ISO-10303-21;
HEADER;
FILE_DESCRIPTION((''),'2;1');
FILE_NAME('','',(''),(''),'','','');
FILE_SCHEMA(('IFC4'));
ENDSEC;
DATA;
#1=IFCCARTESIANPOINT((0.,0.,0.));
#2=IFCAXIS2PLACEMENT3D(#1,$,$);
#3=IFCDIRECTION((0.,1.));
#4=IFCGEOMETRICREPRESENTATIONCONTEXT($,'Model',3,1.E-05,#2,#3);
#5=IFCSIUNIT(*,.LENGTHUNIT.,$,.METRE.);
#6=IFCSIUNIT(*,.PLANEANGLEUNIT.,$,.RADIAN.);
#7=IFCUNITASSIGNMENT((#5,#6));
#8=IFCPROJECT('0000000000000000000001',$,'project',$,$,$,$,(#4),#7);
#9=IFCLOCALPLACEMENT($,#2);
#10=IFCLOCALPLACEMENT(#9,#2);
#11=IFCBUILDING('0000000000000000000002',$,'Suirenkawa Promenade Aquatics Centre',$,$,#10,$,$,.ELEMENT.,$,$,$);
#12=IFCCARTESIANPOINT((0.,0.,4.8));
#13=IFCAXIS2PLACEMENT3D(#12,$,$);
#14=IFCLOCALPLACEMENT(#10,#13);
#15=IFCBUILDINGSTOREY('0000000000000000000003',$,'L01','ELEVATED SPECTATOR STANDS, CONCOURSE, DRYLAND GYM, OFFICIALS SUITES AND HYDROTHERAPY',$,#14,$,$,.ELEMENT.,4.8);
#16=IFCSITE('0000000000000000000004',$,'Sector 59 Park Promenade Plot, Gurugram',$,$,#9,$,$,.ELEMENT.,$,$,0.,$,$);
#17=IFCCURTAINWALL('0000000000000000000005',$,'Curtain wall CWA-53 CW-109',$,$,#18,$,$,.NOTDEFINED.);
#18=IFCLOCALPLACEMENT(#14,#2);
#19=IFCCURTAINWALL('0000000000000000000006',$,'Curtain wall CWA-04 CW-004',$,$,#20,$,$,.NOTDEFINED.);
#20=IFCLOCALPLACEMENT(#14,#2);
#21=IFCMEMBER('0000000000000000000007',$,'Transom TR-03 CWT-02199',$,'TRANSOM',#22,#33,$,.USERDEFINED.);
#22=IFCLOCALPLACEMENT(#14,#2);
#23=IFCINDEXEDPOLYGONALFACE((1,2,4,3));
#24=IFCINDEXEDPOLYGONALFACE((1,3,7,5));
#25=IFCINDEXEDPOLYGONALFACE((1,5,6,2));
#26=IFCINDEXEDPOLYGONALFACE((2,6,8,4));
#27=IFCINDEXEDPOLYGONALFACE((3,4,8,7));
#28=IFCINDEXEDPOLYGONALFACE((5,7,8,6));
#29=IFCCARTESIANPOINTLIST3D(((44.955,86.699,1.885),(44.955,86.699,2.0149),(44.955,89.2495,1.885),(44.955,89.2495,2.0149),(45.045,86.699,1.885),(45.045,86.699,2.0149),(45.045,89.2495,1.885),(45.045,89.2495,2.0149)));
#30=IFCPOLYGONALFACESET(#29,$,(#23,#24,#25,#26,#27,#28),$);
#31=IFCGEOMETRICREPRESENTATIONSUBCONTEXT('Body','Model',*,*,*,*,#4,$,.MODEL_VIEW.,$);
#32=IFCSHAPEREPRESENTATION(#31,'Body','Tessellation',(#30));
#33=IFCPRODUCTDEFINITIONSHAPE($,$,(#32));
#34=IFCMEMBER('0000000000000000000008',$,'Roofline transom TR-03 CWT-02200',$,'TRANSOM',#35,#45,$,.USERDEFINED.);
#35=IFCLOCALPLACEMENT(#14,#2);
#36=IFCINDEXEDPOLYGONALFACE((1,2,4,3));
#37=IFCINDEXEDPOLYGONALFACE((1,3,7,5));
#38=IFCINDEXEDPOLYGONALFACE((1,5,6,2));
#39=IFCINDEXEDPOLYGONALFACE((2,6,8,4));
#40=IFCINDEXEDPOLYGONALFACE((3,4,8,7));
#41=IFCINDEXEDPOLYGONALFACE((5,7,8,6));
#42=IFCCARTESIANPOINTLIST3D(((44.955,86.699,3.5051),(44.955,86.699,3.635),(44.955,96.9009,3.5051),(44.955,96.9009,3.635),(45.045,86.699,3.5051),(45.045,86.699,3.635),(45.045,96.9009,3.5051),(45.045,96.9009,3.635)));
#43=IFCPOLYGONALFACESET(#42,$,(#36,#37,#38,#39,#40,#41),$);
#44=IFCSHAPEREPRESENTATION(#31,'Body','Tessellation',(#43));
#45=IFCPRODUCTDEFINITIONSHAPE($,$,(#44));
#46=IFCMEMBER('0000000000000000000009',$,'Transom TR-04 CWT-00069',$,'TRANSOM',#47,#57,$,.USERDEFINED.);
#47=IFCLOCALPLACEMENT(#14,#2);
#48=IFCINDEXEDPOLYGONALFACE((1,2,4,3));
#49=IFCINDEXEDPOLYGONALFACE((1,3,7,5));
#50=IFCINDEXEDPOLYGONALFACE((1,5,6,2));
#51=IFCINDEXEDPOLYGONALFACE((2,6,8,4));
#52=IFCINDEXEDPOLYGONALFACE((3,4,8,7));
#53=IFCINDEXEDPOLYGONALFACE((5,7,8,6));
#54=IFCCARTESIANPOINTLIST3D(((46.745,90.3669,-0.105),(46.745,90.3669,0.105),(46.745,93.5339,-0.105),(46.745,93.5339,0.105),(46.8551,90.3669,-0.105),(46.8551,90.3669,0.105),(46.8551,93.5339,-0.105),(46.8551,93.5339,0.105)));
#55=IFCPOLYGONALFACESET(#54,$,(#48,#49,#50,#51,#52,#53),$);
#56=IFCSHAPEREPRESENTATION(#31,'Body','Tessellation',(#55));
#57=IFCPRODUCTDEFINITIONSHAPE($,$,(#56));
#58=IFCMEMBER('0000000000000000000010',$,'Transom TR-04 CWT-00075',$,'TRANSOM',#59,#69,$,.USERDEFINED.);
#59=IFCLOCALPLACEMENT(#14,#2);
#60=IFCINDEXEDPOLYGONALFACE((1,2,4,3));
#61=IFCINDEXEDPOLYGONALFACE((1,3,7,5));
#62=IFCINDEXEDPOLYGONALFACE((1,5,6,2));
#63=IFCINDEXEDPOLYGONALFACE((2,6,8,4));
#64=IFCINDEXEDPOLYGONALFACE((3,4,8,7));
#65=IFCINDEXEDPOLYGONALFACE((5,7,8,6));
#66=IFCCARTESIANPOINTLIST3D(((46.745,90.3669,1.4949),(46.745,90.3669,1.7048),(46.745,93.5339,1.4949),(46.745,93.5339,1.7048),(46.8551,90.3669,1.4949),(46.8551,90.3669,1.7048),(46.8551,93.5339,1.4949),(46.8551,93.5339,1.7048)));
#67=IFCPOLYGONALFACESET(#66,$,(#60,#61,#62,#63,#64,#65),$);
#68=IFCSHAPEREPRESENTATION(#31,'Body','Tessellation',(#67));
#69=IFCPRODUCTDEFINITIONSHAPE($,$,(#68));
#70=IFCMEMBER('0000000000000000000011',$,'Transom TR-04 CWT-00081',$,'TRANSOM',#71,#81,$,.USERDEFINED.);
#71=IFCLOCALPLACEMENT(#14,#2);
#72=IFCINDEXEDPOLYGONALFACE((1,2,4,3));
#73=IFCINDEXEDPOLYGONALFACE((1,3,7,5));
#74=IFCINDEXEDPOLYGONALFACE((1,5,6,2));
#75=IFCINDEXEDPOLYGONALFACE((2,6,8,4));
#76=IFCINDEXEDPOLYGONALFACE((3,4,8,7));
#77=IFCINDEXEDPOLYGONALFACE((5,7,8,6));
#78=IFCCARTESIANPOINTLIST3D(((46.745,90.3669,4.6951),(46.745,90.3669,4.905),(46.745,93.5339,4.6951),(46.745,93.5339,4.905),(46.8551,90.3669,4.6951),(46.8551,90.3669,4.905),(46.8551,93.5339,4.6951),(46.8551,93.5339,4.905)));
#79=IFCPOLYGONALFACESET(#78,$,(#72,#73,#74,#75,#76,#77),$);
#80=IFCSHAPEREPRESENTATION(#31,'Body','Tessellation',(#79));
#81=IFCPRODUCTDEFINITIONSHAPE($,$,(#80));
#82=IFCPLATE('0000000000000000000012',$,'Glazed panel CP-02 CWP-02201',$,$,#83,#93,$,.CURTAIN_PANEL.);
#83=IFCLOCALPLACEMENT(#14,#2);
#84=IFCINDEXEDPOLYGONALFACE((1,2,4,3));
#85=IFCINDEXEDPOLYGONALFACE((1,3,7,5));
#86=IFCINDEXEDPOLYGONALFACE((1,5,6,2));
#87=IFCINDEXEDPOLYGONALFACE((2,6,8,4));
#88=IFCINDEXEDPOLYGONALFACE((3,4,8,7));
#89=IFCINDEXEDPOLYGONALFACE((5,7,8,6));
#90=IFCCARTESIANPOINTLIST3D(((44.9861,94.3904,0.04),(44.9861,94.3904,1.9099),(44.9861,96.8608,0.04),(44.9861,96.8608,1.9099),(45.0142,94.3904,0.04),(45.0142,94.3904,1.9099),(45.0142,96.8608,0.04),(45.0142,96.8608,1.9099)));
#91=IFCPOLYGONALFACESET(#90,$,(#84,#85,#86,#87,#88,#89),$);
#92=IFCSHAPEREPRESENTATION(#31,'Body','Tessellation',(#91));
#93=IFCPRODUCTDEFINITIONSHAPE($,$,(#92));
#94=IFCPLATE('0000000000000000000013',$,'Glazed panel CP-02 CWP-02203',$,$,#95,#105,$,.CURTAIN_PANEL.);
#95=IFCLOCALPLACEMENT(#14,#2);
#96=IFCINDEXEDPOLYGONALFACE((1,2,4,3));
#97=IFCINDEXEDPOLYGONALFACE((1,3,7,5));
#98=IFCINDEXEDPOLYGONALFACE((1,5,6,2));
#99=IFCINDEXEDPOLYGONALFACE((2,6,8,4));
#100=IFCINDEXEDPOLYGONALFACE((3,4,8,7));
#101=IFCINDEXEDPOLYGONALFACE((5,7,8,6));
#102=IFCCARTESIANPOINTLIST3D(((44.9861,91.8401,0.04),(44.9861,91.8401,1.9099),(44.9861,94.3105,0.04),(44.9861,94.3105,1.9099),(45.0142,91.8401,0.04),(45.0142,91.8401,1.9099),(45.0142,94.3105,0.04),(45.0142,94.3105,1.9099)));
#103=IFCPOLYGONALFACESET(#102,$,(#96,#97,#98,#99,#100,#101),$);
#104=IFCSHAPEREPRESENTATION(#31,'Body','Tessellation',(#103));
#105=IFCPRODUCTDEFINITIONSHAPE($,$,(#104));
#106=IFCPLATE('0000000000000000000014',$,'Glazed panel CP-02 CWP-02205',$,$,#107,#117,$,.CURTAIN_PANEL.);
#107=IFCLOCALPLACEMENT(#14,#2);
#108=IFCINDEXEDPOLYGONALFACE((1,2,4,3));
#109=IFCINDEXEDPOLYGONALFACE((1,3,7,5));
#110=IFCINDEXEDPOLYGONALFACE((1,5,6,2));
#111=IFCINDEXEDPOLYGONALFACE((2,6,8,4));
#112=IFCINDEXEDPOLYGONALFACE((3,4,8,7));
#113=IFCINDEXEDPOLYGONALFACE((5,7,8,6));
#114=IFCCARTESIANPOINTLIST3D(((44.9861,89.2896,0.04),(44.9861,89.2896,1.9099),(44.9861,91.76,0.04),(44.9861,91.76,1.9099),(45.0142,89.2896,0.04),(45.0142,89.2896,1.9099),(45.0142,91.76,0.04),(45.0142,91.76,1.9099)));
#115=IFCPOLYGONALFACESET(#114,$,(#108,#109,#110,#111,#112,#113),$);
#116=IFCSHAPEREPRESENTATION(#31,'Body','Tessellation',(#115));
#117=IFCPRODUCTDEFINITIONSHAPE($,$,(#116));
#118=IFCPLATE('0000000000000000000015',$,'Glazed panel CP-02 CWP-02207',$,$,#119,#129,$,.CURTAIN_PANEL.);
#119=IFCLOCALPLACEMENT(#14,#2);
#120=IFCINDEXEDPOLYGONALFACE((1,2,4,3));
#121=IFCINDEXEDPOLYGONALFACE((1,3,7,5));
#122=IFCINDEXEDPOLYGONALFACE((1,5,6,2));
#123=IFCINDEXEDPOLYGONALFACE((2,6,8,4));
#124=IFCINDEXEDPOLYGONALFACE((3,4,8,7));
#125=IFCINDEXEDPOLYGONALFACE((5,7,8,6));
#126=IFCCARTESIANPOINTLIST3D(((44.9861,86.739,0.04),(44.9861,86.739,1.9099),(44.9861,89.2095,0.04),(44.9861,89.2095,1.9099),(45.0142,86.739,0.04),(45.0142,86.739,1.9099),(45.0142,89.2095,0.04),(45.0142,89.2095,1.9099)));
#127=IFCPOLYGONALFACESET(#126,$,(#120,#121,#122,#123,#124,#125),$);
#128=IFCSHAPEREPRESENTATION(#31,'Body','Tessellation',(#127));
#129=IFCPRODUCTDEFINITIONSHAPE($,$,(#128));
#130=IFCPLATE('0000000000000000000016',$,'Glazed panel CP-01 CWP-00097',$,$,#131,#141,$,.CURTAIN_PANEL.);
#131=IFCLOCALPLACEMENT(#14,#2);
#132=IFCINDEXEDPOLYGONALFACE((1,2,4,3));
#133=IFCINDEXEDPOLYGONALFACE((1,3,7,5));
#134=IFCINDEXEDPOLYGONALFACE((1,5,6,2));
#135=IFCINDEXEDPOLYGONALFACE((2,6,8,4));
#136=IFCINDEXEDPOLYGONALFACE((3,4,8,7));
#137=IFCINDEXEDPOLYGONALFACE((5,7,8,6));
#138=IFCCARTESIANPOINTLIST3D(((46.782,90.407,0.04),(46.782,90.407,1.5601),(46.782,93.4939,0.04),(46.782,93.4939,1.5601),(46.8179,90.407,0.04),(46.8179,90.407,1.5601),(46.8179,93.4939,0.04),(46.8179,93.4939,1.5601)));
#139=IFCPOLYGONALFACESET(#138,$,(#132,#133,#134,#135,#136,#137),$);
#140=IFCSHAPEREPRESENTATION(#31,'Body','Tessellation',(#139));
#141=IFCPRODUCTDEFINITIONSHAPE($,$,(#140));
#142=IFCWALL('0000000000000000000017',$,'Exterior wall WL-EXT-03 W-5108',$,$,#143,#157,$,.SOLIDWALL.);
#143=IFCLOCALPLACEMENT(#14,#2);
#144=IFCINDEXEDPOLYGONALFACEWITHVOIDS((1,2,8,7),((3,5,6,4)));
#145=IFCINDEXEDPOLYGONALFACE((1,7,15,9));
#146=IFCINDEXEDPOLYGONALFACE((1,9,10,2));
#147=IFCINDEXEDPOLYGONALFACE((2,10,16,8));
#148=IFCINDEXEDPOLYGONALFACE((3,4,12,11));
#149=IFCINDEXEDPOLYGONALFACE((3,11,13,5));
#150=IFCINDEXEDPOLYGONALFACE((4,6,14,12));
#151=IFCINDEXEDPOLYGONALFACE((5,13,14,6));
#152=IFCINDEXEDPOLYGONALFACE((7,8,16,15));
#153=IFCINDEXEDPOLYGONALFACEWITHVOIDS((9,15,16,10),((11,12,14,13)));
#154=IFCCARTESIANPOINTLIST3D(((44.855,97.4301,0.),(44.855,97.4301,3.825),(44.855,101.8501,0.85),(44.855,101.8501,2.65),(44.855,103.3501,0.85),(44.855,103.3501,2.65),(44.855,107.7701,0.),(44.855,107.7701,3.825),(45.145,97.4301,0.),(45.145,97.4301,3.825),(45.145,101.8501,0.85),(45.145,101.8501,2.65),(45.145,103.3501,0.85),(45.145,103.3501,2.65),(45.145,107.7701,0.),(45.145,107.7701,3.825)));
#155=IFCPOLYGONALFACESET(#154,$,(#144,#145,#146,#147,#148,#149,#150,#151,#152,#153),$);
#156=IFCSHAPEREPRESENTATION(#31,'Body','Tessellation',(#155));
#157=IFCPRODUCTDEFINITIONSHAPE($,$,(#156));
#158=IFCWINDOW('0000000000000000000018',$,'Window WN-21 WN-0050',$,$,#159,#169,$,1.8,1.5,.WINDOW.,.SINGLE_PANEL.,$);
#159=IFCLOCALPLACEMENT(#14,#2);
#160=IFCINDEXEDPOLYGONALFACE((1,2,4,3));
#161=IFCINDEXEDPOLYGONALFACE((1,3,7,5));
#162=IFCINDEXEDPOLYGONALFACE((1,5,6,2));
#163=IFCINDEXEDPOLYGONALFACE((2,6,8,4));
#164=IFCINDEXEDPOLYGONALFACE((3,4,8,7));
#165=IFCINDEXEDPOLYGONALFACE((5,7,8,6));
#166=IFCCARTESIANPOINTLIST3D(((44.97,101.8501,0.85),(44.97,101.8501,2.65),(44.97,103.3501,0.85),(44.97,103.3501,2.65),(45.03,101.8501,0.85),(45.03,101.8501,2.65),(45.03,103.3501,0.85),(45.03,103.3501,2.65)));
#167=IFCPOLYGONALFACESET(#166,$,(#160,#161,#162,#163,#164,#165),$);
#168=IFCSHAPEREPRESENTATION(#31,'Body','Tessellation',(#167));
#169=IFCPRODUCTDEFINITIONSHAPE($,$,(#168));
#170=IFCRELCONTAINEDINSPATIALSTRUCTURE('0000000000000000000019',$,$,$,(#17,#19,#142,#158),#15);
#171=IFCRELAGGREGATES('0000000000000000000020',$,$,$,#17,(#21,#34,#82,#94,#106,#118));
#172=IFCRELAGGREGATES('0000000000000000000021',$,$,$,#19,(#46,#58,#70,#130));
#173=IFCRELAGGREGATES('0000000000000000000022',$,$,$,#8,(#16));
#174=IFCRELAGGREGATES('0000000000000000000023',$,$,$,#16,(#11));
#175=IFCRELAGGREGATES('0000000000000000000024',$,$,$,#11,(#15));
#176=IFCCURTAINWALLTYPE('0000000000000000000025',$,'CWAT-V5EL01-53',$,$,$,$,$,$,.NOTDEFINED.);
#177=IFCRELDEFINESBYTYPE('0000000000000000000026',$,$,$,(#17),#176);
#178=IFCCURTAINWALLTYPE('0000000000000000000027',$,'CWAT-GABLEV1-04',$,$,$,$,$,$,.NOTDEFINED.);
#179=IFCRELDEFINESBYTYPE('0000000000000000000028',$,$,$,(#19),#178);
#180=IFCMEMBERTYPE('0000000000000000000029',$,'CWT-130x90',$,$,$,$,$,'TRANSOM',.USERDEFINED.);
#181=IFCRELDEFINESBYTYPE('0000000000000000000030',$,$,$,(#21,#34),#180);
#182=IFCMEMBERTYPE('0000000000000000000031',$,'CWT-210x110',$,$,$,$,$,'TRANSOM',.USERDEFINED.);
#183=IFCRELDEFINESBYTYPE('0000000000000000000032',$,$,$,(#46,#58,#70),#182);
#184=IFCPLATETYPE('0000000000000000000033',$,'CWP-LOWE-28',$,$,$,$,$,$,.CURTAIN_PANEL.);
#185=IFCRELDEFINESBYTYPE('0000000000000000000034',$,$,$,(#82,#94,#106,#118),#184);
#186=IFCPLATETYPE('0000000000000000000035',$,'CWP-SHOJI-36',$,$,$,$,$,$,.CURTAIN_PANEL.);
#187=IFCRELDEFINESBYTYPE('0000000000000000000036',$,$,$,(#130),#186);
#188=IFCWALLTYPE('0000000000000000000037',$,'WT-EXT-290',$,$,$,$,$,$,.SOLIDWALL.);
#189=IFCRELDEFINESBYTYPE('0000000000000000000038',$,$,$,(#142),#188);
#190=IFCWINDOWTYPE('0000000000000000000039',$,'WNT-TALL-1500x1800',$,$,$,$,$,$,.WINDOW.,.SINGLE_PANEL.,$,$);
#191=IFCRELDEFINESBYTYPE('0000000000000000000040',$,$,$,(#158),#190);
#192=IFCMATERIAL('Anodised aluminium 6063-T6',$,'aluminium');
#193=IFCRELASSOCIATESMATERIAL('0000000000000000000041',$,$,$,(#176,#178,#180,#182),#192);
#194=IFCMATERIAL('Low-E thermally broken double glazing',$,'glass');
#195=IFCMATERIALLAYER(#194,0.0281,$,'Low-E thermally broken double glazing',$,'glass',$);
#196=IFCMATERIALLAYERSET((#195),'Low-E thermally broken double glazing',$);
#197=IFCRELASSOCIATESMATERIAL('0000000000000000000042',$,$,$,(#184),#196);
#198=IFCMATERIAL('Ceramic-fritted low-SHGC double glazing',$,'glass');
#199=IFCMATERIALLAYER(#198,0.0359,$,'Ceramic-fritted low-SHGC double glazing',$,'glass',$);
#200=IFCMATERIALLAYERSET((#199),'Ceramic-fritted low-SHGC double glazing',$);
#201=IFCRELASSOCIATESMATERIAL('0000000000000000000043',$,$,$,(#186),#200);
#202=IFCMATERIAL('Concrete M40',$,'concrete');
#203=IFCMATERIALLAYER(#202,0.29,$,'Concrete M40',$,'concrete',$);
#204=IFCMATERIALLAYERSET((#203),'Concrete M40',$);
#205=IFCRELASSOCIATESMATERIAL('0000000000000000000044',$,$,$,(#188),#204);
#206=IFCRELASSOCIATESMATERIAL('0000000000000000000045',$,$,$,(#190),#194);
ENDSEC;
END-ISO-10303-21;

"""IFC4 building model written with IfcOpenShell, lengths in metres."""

from ifc_helpers import new_model, si_unit, direction, frame, frame_2d, origin, origin_2d, place, context, subcontext, project, spatial, polyline, rectangle, outline, extrude, material, layer, layer_set, material_profile, profile_set, type_object, element, fill, aggregate, save


model = new_model("IFC4")

# Units and contexts
model_context = context("Model", 3, precision=1e-05, world=origin(), true_north=direction((0.0, 1.0)))
body_context = subcontext(model_context, "Body", "Model", "MODEL_VIEW")
ifc_project = project(units=[si_unit("LENGTHUNIT", "METRE"), si_unit("PLANEANGLEUNIT", "RADIAN")], contexts=[model_context])

# Site, building, storey
site_placement = place(None, origin())
site = spatial("IfcSite", under=ifc_project, at=site_placement, Name="Sector 59 Park Promenade Plot, Gurugram", CompositionType="ELEMENT", RefElevation=0.0)
building_placement = place(site_placement, origin())
building = spatial("IfcBuilding", under=site, at=building_placement, Name="Suirenkawa Promenade Aquatics Centre", CompositionType="ELEMENT")
storey_placement = place(building_placement, frame((0.0, 0.0, 4.8)))
storey = spatial("IfcBuildingStorey", under=building, at=storey_placement, Name="L01", Description="ELEVATED SPECTATOR STANDS, CONCOURSE, DRYLAND GYM, OFFICIALS SUITES AND HYDROTHERAPY", CompositionType="ELEMENT", Elevation=4.8)

# Shared definitions
ifc_material_1 = material(Name="Concrete M40", Category="concrete")

# Curtain wall
ifc_material_2 = material(Name="Anodised aluminium 6063-T6", Category="aluminium")
curtain_wall_type_1 = type_object("IfcCurtainWallType", Name="CWAT-V5EL01-53", PredefinedType="NOTDEFINED", material=ifc_material_2)
curtain_wall_1_placement = place(storey_placement, origin())
curtain_wall_1 = element("IfcCurtainWall", 1, at=curtain_wall_1_placement, inside=storey, type_object=curtain_wall_type_1, Name="Curtain wall CWA-53 CW-109", PredefinedType="NOTDEFINED")

# Curtain wall
curtain_wall_type_2 = type_object("IfcCurtainWallType", Name="CWAT-GABLEV1-04", PredefinedType="NOTDEFINED", material=ifc_material_2)
curtain_wall_2_placement = place(storey_placement, origin())
curtain_wall_2 = element("IfcCurtainWall", 2, at=curtain_wall_2_placement, inside=storey, type_object=curtain_wall_type_2, Name="Curtain wall CWA-04 CW-004", PredefinedType="NOTDEFINED")

# Members
ifc_material_profile_1 = material_profile(ifc_material_2, rectangle(XDim=0.0901, YDim=0.1299, at=origin_2d()), Name="ALU TRAN 90x130", Category="aluminium")
ifc_profile_set_1 = profile_set([ifc_material_profile_1], Name="Anodised aluminium 6063-T6")
member_type_1 = type_object("IfcMemberType", Name="CWT-130x90", ElementType="TRANSOM", PredefinedType="USERDEFINED", material=ifc_profile_set_1)
member_1_placement = place(storey_placement, frame((45.0, 89.2495, 1.95), z_axis=(0.0, -1.0, 0.0), x_axis=(1.0, 0.0, 0.0)))
member_1 = element("IfcMember", 3, at=member_1_placement, type_object=member_type_1, Name="Transom TR-03 CWT-02199", ObjectType="TRANSOM", PredefinedType="USERDEFINED", context=body_context, shape_type="SweptSolid", body=[
    extrude(rectangle(XDim=0.0901, YDim=0.1299, at=origin_2d()), origin(), (0.0, 0.0, 1.0), 2.5505),
])
member_2_placement = place(storey_placement, frame((45.0, 96.9009, 3.5701), z_axis=(0.0, -1.0, 0.0), x_axis=(1.0, 0.0, 0.0)))
member_2 = element("IfcMember", 4, at=member_2_placement, type_object=member_type_1, Name="Roofline transom TR-03 CWT-02200", ObjectType="TRANSOM", PredefinedType="USERDEFINED", context=body_context, shape_type="SweptSolid", body=[
    extrude(rectangle(XDim=0.0901, YDim=0.1299, at=origin_2d()), origin(), (0.0, 0.0, 1.0), 10.2019),
])
ifc_material_profile_2 = material_profile(ifc_material_2, rectangle(XDim=0.1101, YDim=0.21, at=origin_2d()), Name="ALU TRAN 110x210", Category="aluminium")
ifc_profile_set_2 = profile_set([ifc_material_profile_2], Name="Anodised aluminium 6063-T6")
member_type_2 = type_object("IfcMemberType", Name="CWT-210x110", ElementType="TRANSOM", PredefinedType="USERDEFINED", material=ifc_profile_set_2)
member_3_placement = place(storey_placement, frame((46.8, 90.3669, 0.0), z_axis=(0.0, 1.0, 0.0), x_axis=(-1.0, 0.0, 0.0)))
member_3 = element("IfcMember", 5, at=member_3_placement, type_object=member_type_2, Name="Transom TR-04 CWT-00069", ObjectType="TRANSOM", PredefinedType="USERDEFINED", context=body_context, shape_type="SweptSolid", body=[
    extrude(rectangle(XDim=0.1101, YDim=0.21, at=origin_2d()), origin(), (0.0, 0.0, 1.0), 3.167),
])
member_4_placement = place(storey_placement, frame((46.8, 90.3669, 1.5999), z_axis=(0.0, 1.0, 0.0), x_axis=(-1.0, 0.0, 0.0)))
member_4 = element("IfcMember", 6, at=member_4_placement, type_object=member_type_2, Name="Transom TR-04 CWT-00075", ObjectType="TRANSOM", PredefinedType="USERDEFINED", context=body_context, shape_type="SweptSolid", body=[
    extrude(rectangle(XDim=0.1101, YDim=0.21, at=origin_2d()), origin(), (0.0, 0.0, 1.0), 3.167),
])
member_5_placement = place(storey_placement, frame((46.8, 90.3669, 4.8), z_axis=(0.0, 1.0, 0.0), x_axis=(-1.0, 0.0, 0.0)))
member_5 = element("IfcMember", 7, at=member_5_placement, type_object=member_type_2, Name="Transom TR-04 CWT-00081", ObjectType="TRANSOM", PredefinedType="USERDEFINED", context=body_context, shape_type="SweptSolid", body=[
    extrude(rectangle(XDim=0.1101, YDim=0.21, at=origin_2d()), origin(), (0.0, 0.0, 1.0), 3.167),
])

# Plates
ifc_material_3 = material(Name="Low-E thermally broken double glazing", Category="glass")
ifc_layer_1 = layer(ifc_material_3, 0.0281, Name="Low-E thermally broken double glazing", Category="glass")
ifc_layer_set_1 = layer_set([ifc_layer_1], Name="Low-E thermally broken double glazing")
plate_type_1 = type_object("IfcPlateType", Name="CWP-LOWE-28", PredefinedType="CURTAIN_PANEL", material=ifc_layer_set_1)
plate_1_placement = place(storey_placement, frame((45.0, 96.9009, 0.04), z_axis=(0.0, 0.0, 1.0), x_axis=(0.0, -1.0, 0.0)))
plate_1 = element("IfcPlate", 8, at=plate_1_placement, type_object=plate_type_1, Name="Glazed panel CP-02 CWP-02201", PredefinedType="CURTAIN_PANEL", context=body_context, shape_type="SweptSolid", body=[
    extrude(outline(polyline([(0.04, 0.0), (2.5105, 0.0), (2.5105, 1.8699), (0.04, 1.8699), (0.04, 0.0)])), frame((0.0, 0.0142, 0.0), z_axis=(0.0, -1.0, 0.0), x_axis=(1.0, 0.0, 0.0)), (0.0, 0.0, 1.0), 0.0281),
])
plate_2_placement = place(storey_placement, frame((45.0, 94.3506, 0.04), z_axis=(0.0, 0.0, 1.0), x_axis=(0.0, -1.0, 0.0)))
plate_2 = element("IfcPlate", 9, at=plate_2_placement, type_object=plate_type_1, Name="Glazed panel CP-02 CWP-02203", PredefinedType="CURTAIN_PANEL", context=body_context, shape_type="SweptSolid", body=[
    extrude(outline(polyline([(0.04, 0.0), (2.5105, 0.0), (2.5105, 1.8699), (0.04, 1.8699), (0.04, 0.0)])), frame((0.0, 0.0142, 0.0), z_axis=(0.0, -1.0, 0.0), x_axis=(1.0, 0.0, 0.0)), (0.0, 0.0, 1.0), 0.0281),
])
plate_3_placement = place(storey_placement, frame((45.0, 91.8, 0.04), z_axis=(0.0, 0.0, 1.0), x_axis=(0.0, -1.0, 0.0)))
plate_3 = element("IfcPlate", 10, at=plate_3_placement, type_object=plate_type_1, Name="Glazed panel CP-02 CWP-02205", PredefinedType="CURTAIN_PANEL", context=body_context, shape_type="SweptSolid", body=[
    extrude(outline(polyline([(0.04, 0.0), (2.5105, 0.0), (2.5105, 1.8699), (0.04, 1.8699), (0.04, 0.0)])), frame((0.0, 0.0142, 0.0), z_axis=(0.0, -1.0, 0.0), x_axis=(1.0, 0.0, 0.0)), (0.0, 0.0, 1.0), 0.0281),
])
plate_4_placement = place(storey_placement, frame((45.0, 89.2495, 0.04), z_axis=(0.0, 0.0, 1.0), x_axis=(0.0, -1.0, 0.0)))
plate_4 = element("IfcPlate", 11, at=plate_4_placement, type_object=plate_type_1, Name="Glazed panel CP-02 CWP-02207", PredefinedType="CURTAIN_PANEL", context=body_context, shape_type="SweptSolid", body=[
    extrude(outline(polyline([(0.04, 0.0), (2.5105, 0.0), (2.5105, 1.8699), (0.04, 1.8699), (0.04, 0.0)])), frame((0.0, 0.0142, 0.0), z_axis=(0.0, -1.0, 0.0), x_axis=(1.0, 0.0, 0.0)), (0.0, 0.0, 1.0), 0.0281),
])
aggregate(curtain_wall_1, [member_1, member_2, plate_1, plate_2, plate_3, plate_4])
ifc_material_4 = material(Name="Ceramic-fritted low-SHGC double glazing", Category="glass")
ifc_layer_2 = layer(ifc_material_4, 0.0359, Name="Ceramic-fritted low-SHGC double glazing", Category="glass")
ifc_layer_set_2 = layer_set([ifc_layer_2], Name="Ceramic-fritted low-SHGC double glazing")
plate_type_2 = type_object("IfcPlateType", Name="CWP-SHOJI-36", PredefinedType="CURTAIN_PANEL", material=ifc_layer_set_2)
plate_5_placement = place(storey_placement, frame((46.8, 90.3669, 0.04), z_axis=(0.0, 0.0, 1.0), x_axis=(0.0, 1.0, 0.0)))
plate_5 = element("IfcPlate", 12, at=plate_5_placement, type_object=plate_type_2, Name="Glazed panel CP-01 CWP-00097", PredefinedType="CURTAIN_PANEL", context=body_context, shape_type="SweptSolid", body=[
    extrude(outline(polyline([(0.04, 0.0), (3.127, 0.0), (3.127, 1.52), (0.04, 1.52), (0.04, 0.0)])), frame((0.0, 0.0181, 0.0), z_axis=(0.0, -1.0, 0.0), x_axis=(1.0, 0.0, 0.0)), (0.0, 0.0, 1.0), 0.0359),
])
aggregate(curtain_wall_2, [member_3, member_4, member_5, plate_5])

# Wall, opening, window
ifc_layer_3 = layer(ifc_material_1, 0.29, Name="Concrete M40", Category="concrete")
ifc_layer_set_3 = layer_set([ifc_layer_3], Name="Concrete M40")
wall_type = type_object("IfcWallType", Name="WT-EXT-290", PredefinedType="SOLIDWALL", material=ifc_layer_set_3)
wall_placement = place(storey_placement, frame((45.0, 107.77, 0.0), z_axis=(0.0, 0.0, 1.0), x_axis=(0.0, -1.0, 0.0)))
wall = element("IfcWall", 13, at=wall_placement, inside=storey, type_object=wall_type, Name="Exterior wall WL-EXT-03 W-5108", PredefinedType="SOLIDWALL", context=body_context, shape_type="SweptSolid", body=[
    extrude(rectangle(XDim=10.3401, YDim=0.29, at=frame_2d((5.1699, 0.0))), origin(), (0.0, 0.0, 1.0), 3.825),
])
opening_placement = place(wall_placement, frame((4.4199, 0.0, 0.8501)))
opening = element("IfcOpeningElement", 14, at=opening_placement, cuts=wall, PredefinedType="OPENING", context=body_context, shape_type="SweptSolid", body=[
    extrude(rectangle(XDim=1.5, YDim=1.8, at=frame_2d((0.75, 0.8999))), frame((0.0, 0.155, 0.0), z_axis=(0.0, -1.0, 0.0), x_axis=(1.0, 0.0, 0.0)), (0.0, 0.0, 1.0), 0.3101),
])
window_type = type_object("IfcWindowType", Name="WNT-TALL-1500x1800", PartitioningType="SINGLE_PANEL", PredefinedType="WINDOW", material=ifc_material_3)
window_placement = place(opening_placement, origin())
window = element("IfcWindow", 15, at=window_placement, inside=storey, type_object=window_type, Name="Window WN-21 WN-0050", OverallHeight=1.8, OverallWidth=1.5, PartitioningType="SINGLE_PANEL", PredefinedType="WINDOW", context=body_context, shape_type="SweptSolid", body=[
    extrude(rectangle(XDim=1.5, YDim=1.8, at=frame_2d((0.75, 0.8999))), frame((0.0, 0.03, 0.0), z_axis=(0.0, -1.0, 0.0), x_axis=(1.0, 0.0, 0.0)), (0.0, 0.0, 1.0), 0.0601),
])
fill(opening, window)

save(model, "model.ifc")
